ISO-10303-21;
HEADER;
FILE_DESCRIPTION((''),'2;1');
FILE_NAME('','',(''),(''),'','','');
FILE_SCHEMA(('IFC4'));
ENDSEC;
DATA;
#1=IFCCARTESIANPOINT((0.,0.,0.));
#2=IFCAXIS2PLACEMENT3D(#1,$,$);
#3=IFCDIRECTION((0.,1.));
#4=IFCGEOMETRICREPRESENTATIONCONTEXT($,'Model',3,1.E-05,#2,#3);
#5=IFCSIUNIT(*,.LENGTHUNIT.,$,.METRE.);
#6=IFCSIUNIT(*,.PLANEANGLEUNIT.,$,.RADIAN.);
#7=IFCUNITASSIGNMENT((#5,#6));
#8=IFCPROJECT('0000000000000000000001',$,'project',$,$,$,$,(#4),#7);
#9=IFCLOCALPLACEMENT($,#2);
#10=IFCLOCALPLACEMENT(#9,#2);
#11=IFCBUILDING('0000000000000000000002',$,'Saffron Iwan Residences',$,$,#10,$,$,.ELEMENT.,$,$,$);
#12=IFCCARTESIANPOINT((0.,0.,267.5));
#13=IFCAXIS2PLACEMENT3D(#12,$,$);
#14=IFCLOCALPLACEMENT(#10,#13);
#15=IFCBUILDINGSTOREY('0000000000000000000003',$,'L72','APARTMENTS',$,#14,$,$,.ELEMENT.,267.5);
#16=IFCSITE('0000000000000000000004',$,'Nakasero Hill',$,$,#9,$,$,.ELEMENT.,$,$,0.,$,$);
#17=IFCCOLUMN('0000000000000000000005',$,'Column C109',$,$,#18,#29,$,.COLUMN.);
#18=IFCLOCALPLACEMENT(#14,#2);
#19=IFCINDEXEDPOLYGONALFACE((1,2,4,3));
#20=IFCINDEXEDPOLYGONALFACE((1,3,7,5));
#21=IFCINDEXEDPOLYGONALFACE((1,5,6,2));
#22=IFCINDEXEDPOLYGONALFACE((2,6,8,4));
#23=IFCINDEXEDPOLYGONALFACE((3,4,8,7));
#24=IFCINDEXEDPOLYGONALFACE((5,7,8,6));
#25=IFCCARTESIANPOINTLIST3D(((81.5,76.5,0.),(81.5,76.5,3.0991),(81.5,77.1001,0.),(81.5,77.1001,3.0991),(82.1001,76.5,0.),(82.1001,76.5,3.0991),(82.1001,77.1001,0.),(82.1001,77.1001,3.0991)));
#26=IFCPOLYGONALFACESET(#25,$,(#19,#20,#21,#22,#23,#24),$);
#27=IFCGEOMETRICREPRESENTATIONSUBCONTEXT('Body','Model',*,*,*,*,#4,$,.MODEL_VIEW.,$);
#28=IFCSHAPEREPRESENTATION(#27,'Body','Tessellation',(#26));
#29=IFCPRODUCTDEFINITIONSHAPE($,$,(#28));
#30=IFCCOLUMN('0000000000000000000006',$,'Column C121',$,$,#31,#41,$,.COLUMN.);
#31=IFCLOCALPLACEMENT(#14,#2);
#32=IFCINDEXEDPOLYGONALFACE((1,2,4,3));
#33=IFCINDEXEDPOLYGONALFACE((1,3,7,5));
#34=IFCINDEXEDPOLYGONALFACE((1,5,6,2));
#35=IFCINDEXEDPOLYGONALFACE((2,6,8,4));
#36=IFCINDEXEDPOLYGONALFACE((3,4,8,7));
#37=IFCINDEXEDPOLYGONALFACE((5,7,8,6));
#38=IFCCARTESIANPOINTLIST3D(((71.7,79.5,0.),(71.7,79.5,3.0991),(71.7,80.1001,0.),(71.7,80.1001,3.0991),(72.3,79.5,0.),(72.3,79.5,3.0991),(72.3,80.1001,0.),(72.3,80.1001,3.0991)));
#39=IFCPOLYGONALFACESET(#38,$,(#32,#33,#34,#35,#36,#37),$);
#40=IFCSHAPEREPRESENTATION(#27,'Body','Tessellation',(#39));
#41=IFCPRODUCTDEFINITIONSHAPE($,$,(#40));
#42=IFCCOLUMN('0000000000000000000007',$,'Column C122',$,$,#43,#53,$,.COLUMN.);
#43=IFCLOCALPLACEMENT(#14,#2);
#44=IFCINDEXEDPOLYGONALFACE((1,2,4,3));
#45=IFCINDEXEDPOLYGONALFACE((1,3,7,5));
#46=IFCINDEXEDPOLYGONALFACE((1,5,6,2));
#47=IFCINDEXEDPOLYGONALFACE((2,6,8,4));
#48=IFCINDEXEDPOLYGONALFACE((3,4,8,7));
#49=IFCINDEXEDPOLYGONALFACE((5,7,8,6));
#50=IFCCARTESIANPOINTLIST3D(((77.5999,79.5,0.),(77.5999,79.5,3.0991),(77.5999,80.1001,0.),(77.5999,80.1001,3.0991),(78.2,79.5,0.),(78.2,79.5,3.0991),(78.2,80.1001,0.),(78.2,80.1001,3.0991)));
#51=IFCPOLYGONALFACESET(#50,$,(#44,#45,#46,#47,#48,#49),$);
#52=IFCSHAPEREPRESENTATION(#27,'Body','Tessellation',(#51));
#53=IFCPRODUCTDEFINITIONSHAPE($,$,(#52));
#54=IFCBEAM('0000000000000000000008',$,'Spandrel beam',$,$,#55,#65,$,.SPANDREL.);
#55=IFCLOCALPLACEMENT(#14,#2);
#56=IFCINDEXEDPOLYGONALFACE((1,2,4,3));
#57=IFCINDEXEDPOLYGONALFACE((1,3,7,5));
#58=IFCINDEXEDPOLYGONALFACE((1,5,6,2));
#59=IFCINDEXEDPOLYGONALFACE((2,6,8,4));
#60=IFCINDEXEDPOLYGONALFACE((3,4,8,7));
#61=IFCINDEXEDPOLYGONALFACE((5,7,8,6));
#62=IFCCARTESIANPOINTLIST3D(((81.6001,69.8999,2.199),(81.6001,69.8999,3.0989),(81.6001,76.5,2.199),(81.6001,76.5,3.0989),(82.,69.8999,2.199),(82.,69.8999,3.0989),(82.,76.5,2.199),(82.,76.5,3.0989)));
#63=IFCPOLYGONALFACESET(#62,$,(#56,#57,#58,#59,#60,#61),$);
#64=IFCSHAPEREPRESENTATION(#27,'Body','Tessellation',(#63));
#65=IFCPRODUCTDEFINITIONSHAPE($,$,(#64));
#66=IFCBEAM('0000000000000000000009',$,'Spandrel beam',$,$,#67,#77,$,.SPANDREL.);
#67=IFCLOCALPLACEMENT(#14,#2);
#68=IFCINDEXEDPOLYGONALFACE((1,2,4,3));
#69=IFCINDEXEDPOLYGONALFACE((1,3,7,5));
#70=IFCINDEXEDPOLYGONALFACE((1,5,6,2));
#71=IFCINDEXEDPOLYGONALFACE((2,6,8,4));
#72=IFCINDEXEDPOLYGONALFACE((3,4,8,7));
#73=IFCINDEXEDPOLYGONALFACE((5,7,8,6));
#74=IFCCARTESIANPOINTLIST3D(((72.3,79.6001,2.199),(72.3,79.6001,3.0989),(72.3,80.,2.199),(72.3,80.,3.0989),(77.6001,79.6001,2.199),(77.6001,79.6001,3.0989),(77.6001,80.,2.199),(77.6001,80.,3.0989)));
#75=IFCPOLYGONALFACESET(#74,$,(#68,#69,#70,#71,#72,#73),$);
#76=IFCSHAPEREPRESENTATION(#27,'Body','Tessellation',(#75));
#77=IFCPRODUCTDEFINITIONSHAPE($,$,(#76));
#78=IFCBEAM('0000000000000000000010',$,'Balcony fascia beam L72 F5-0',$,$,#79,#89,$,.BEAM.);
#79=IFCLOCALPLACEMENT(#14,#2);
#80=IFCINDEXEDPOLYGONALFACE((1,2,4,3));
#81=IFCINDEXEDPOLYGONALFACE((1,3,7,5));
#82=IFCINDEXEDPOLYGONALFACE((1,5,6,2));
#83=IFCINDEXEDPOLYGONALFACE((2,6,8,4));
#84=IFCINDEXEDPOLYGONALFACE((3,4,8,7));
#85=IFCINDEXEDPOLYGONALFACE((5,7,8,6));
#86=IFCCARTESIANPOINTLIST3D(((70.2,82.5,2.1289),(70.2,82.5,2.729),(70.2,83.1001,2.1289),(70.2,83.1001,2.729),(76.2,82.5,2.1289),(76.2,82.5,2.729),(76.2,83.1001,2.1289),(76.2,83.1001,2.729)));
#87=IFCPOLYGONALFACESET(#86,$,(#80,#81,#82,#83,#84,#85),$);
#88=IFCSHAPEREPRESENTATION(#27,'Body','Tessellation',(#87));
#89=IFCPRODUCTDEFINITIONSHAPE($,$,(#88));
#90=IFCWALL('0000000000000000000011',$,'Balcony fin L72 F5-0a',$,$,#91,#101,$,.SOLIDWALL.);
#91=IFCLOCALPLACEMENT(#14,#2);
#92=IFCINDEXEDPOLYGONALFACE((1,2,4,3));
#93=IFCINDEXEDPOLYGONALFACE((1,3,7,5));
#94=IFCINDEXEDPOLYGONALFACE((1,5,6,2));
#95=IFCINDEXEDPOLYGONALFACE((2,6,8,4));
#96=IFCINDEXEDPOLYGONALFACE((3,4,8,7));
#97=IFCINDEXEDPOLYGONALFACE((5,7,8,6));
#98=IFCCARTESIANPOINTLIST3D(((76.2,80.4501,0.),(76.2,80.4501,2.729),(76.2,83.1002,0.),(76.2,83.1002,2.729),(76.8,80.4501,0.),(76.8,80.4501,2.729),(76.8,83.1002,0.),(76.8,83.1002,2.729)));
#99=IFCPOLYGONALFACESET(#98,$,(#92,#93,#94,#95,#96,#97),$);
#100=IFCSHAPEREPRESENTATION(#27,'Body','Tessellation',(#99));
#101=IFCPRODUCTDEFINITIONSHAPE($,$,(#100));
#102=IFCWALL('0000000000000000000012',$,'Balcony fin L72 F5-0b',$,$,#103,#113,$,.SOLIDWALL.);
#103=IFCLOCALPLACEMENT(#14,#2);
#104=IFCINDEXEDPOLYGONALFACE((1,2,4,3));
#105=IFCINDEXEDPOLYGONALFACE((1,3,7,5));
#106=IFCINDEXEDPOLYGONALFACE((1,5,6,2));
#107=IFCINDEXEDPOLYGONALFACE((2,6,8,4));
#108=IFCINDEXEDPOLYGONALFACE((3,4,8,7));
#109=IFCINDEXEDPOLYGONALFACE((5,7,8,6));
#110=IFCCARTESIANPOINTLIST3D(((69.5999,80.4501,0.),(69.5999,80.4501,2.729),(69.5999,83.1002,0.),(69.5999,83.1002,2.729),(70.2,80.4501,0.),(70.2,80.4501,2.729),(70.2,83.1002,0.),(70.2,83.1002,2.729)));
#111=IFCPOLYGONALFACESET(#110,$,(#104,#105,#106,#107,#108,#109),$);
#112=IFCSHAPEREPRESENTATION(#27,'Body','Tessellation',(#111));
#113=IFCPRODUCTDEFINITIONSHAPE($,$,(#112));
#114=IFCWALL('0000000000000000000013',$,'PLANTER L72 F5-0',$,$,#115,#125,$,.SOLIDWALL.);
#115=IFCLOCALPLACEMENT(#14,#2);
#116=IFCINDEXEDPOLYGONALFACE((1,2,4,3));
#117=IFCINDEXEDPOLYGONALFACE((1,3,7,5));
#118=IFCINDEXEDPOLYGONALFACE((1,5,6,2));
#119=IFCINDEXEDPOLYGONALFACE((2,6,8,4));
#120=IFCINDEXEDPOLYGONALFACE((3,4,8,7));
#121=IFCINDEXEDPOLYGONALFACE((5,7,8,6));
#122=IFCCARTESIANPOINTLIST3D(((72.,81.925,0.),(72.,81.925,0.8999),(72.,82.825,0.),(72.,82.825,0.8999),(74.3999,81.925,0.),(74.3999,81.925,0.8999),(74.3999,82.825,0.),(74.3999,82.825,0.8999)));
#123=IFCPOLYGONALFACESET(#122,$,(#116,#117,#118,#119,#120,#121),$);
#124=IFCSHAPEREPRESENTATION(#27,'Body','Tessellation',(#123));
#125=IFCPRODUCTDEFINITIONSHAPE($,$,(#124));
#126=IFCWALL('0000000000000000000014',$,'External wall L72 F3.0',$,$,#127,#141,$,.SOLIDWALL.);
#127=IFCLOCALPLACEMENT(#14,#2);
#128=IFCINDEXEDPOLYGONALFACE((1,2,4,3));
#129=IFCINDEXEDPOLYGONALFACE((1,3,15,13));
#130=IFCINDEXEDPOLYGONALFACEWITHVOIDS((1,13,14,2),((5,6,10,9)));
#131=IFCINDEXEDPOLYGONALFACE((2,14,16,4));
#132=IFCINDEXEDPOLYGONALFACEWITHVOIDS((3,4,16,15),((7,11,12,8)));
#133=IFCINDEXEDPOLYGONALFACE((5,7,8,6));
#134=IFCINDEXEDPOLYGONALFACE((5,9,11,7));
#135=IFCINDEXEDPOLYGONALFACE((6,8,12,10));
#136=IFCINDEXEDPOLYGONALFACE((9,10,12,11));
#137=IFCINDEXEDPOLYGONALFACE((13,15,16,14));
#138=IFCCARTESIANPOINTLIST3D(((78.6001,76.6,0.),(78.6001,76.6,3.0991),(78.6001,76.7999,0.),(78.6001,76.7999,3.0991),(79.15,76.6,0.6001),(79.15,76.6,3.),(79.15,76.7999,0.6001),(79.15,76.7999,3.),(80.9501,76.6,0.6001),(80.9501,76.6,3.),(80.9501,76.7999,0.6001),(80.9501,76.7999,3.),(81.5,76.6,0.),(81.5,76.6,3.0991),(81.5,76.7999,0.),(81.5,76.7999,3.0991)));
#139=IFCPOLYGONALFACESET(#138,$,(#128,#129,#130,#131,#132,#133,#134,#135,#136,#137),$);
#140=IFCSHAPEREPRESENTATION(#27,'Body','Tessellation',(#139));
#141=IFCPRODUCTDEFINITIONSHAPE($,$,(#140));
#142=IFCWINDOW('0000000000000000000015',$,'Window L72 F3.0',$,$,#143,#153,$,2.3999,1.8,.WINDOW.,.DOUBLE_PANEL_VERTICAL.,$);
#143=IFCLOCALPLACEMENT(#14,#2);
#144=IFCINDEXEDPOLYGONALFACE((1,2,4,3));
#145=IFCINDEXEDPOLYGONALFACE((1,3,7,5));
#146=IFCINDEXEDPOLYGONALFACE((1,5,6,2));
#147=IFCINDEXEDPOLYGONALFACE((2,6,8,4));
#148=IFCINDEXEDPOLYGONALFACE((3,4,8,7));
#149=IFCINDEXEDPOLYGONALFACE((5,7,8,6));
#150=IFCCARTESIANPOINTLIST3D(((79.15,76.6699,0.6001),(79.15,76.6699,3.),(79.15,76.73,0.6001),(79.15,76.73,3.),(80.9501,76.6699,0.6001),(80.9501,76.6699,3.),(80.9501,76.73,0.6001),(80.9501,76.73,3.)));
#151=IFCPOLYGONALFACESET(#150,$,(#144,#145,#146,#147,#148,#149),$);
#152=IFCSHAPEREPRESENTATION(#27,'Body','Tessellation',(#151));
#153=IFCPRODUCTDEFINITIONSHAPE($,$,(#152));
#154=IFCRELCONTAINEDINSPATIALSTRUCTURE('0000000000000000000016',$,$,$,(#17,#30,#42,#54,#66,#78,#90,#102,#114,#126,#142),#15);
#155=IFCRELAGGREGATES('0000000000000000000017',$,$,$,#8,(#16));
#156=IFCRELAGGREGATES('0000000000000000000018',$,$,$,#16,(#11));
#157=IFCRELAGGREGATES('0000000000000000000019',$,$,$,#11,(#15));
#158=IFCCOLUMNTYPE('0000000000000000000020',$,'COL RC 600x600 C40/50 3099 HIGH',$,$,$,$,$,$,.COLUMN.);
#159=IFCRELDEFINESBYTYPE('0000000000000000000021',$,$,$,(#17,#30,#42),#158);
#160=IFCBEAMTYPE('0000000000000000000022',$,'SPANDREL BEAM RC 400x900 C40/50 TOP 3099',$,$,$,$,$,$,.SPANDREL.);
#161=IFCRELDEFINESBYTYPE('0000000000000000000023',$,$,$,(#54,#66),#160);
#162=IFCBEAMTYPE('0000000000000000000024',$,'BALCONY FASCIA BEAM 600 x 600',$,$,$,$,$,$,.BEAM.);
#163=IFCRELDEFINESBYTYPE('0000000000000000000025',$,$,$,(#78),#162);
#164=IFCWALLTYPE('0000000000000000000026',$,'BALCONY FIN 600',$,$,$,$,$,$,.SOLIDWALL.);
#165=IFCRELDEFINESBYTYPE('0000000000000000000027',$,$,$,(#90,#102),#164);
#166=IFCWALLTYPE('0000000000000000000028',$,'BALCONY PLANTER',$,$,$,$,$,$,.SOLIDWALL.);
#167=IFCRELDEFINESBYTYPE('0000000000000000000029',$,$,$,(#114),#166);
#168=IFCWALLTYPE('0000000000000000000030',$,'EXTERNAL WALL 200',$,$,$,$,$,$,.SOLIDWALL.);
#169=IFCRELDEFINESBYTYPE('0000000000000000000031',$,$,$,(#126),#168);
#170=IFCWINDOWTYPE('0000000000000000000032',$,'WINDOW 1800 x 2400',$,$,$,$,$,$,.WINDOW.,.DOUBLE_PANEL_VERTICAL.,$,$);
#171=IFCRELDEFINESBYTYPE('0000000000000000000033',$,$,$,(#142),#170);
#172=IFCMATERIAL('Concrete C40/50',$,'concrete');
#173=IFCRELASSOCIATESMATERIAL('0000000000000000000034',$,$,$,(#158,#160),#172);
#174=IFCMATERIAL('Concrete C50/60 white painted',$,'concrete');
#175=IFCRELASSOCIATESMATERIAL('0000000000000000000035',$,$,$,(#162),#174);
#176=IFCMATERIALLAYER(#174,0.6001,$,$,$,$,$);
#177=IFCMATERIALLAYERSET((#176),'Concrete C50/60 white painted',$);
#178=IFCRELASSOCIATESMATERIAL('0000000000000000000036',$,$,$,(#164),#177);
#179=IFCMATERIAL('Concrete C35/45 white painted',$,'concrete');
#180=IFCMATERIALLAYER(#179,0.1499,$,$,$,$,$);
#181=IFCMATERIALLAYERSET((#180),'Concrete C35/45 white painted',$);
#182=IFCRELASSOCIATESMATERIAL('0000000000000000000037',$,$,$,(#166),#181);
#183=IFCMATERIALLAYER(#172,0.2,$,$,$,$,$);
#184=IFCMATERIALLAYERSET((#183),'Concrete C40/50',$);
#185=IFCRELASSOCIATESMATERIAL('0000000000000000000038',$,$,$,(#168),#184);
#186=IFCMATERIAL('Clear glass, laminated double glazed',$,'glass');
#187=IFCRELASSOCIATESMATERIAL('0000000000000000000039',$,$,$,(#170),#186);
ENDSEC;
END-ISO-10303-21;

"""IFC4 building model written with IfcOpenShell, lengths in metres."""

from ifc_helpers import new_model, si_unit, direction, frame, frame_2d, origin, origin_2d, place, context, subcontext, project, spatial, rectangle, extrude, source, transform, mapped, material, layer, layer_set, material_profile, profile_set, type_object, element, fill, save


model = new_model("IFC4")

# Units and contexts
model_context = context("Model", 3, precision=1e-05, world=origin(), true_north=direction((0.0, 1.0)))
body_context = subcontext(model_context, "Body", "Model", "MODEL_VIEW")
ifc_project = project(units=[si_unit("LENGTHUNIT", "METRE"), si_unit("PLANEANGLEUNIT", "RADIAN")], contexts=[model_context])

# Site, building, storey
site_placement = place(None, origin())
site = spatial("IfcSite", under=ifc_project, at=site_placement, Name="Nakasero Hill", CompositionType="ELEMENT", RefElevation=0.0)
building_placement = place(site_placement, origin())
building = spatial("IfcBuilding", under=site, at=building_placement, Name="Saffron Iwan Residences", CompositionType="ELEMENT")
storey_placement = place(building_placement, frame((0.0, 0.0, 267.5)))
storey = spatial("IfcBuildingStorey", under=building, at=storey_placement, Name="L72", Description="APARTMENTS", CompositionType="ELEMENT", Elevation=267.5)

# Columns
ifc_material_1 = material(Name="Concrete C40/50", Category="concrete")
ifc_material_profile_1 = material_profile(ifc_material_1, rectangle(XDim=0.6001, YDim=0.6001, at=origin_2d()), Name="RC 600x600")
ifc_profile_set_1 = profile_set([ifc_material_profile_1], Name="Concrete C40/50")
column_type = type_object("IfcColumnType", Name="COL RC 600x600 C40/50 3099 HIGH", PredefinedType="COLUMN", material=ifc_profile_set_1)
shared_shape_1 = source(origin(), body_context, "Body", "SweptSolid", [
    extrude(rectangle(XDim=0.6001, YDim=0.6001, at=origin_2d()), origin(), (0.0, 0.0, 1.0), 3.0991),
])
for number, where, z_axis, x_axis, name in (
    (1, (81.8, 76.8, 0.0), (0.0, 0.0, 1.0), (1.0, 0.0, 0.0), "Column C109"),
    (2, (72.0, 79.8, 0.0), (0.0, 0.0, 1.0), (1.0, 0.0, 0.0), "Column C121"),
    (3, (77.8999, 79.8, 0.0), (0.0, 0.0, 1.0), (1.0, 0.0, 0.0), "Column C122"),
):
    element("IfcColumn", number, at=place(storey_placement, frame(where, z_axis=z_axis, x_axis=x_axis)), inside=storey, type_object=column_type, Name=name, PredefinedType="COLUMN", context=body_context, shape_type="MappedRepresentation", body=[
        mapped(shared_shape_1, transform((0.0, 0.0, 0.0))),
    ])

# Beams
ifc_material_profile_2 = material_profile(ifc_material_1, rectangle(XDim=0.3999, YDim=0.8999, at=origin_2d()), Name="RC 400x900")
ifc_profile_set_2 = profile_set([ifc_material_profile_2], Name="Concrete C40/50")
beam_type_1 = type_object("IfcBeamType", Name="SPANDREL BEAM RC 400x900 C40/50 TOP 3099", PredefinedType="SPANDREL", material=ifc_profile_set_2)
shared_shape_2 = source(origin(), body_context, "Body", "SweptSolid", [
    extrude(rectangle(XDim=0.3999, YDim=0.8999, at=origin_2d()), origin(), (0.0, 0.0, 1.0), 6.6001),
])
beam_1_placement = place(storey_placement, frame((81.8, 76.5, 2.6489), z_axis=(0.0, -1.0, 0.0), x_axis=(1.0, 0.0, 0.0)))
element("IfcBeam", 4, at=beam_1_placement, inside=storey, type_object=beam_type_1, Name="Spandrel beam", PredefinedType="SPANDREL", context=body_context, shape_type="MappedRepresentation", body=[
    mapped(shared_shape_2, transform((0.0, 0.0, 0.0))),
])
shared_shape_3 = source(origin(), body_context, "Body", "SweptSolid", [
    extrude(rectangle(XDim=0.3999, YDim=0.8999, at=origin_2d()), origin(), (0.0, 0.0, 1.0), 5.3),
])
beam_2_placement = place(storey_placement, frame((72.3, 79.8, 2.6489), z_axis=(1.0, 0.0, 0.0), x_axis=(0.0, 1.0, 0.0)))
element("IfcBeam", 5, at=beam_2_placement, inside=storey, type_object=beam_type_1, Name="Spandrel beam", PredefinedType="SPANDREL", context=body_context, shape_type="MappedRepresentation", body=[
    mapped(shared_shape_3, transform((0.0, 0.0, 0.0))),
])
ifc_material_2 = material(Name="Concrete C50/60 white painted", Category="concrete")
ifc_material_profile_3 = material_profile(ifc_material_2, rectangle(XDim=0.6001, YDim=0.6001, at=origin_2d()), Name="BALCONY FASCIA BEAM 600 x 600")
ifc_profile_set_3 = profile_set([ifc_material_profile_3], Name="Concrete C50/60 white painted")
beam_type_2 = type_object("IfcBeamType", Name="BALCONY FASCIA BEAM 600 x 600", PredefinedType="BEAM", material=ifc_profile_set_3)
shared_shape_4 = source(origin(), body_context, "Body", "SweptSolid", [
    extrude(rectangle(XDim=0.6001, YDim=0.6001, at=origin_2d()), origin(), (0.0, 0.0, 1.0), 6.0),
])
beam_3_placement = place(storey_placement, frame((76.2, 82.8, 2.429), z_axis=(-1.0, 0.0, 0.0), x_axis=(0.0, -1.0, 0.0)))
element("IfcBeam", 6, at=beam_3_placement, inside=storey, type_object=beam_type_2, Name="Balcony fascia beam L72 F5-0", PredefinedType="BEAM", context=body_context, shape_type="MappedRepresentation", body=[
    mapped(shared_shape_4, transform((0.0, 0.0, 0.0))),
])

# Walls
ifc_layer_1 = layer(ifc_material_2, 0.6001)
ifc_layer_set_1 = layer_set([ifc_layer_1], Name="Concrete C50/60 white painted")
wall_type_1 = type_object("IfcWallType", Name="BALCONY FIN 600", PredefinedType="SOLIDWALL", material=ifc_layer_set_1)
for number, where, z_axis, x_axis, name in (
    (7, (76.5, 80.45, 0.0), (0.0, 0.0, 1.0), (0.0, 1.0, 0.0), "Balcony fin L72 F5-0a"),
    (8, (69.8999, 80.45, 0.0), (0.0, 0.0, 1.0), (0.0, 1.0, 0.0), "Balcony fin L72 F5-0b"),
):
    element("IfcWall", number, at=place(storey_placement, frame(where, z_axis=z_axis, x_axis=x_axis)), inside=storey, type_object=wall_type_1, Name=name, PredefinedType="SOLIDWALL", context=body_context, shape_type="SweptSolid", body=[
        extrude(rectangle(XDim=2.6501, YDim=0.6001, at=frame_2d((1.3252, 0.0))), origin(), (0.0, 0.0, 1.0), 2.729),
    ])
ifc_material_3 = material(Name="Concrete C35/45 white painted", Category="concrete")
ifc_layer_2 = layer(ifc_material_3, 0.1499)
ifc_layer_set_2 = layer_set([ifc_layer_2], Name="Concrete C35/45 white painted")
wall_type_2 = type_object("IfcWallType", Name="BALCONY PLANTER", PredefinedType="SOLIDWALL", material=ifc_layer_set_2)
wall_1_placement = place(storey_placement, frame((74.3999, 82.375, 0.0), z_axis=(0.0, 0.0, 1.0), x_axis=(-1.0, 0.0, 0.0)))
element("IfcWall", 9, at=wall_1_placement, inside=storey, type_object=wall_type_2, Name="PLANTER L72 F5-0", PredefinedType="SOLIDWALL", context=body_context, shape_type="SweptSolid", body=[
    extrude(rectangle(XDim=2.3999, YDim=0.8999, at=frame_2d((1.2, 0.0))), origin(), (0.0, 0.0, 1.0), 0.8999),
])

# Wall, opening, window
ifc_layer_3 = layer(ifc_material_1, 0.2)
ifc_layer_set_3 = layer_set([ifc_layer_3], Name="Concrete C40/50")
wall_type_3 = type_object("IfcWallType", Name="EXTERNAL WALL 200", PredefinedType="SOLIDWALL", material=ifc_layer_set_3)
wall_2_placement = place(storey_placement, frame((81.5, 76.7, 0.0), z_axis=(0.0, 0.0, 1.0), x_axis=(-1.0, 0.0, 0.0)))
wall_2 = element("IfcWall", 10, at=wall_2_placement, inside=storey, type_object=wall_type_3, Name="External wall L72 F3.0", PredefinedType="SOLIDWALL", context=body_context, shape_type="SweptSolid", body=[
    extrude(rectangle(XDim=2.8999, YDim=0.2, at=frame_2d((1.45, 0.0))), origin(), (0.0, 0.0, 1.0), 3.0991),
])
opening_1_placement = place(wall_2_placement, frame((0.55, 0.0, 0.6001)))
opening_1 = element("IfcOpeningElement", 11, at=opening_1_placement, cuts=wall_2, PredefinedType="OPENING", context=body_context, shape_type="SweptSolid", body=[
    extrude(rectangle(XDim=1.8, YDim=2.3999, at=frame_2d((0.8999, 1.2))), frame((0.0, 0.1099, 0.0), z_axis=(0.0, -1.0, 0.0), x_axis=(1.0, 0.0, 0.0)), (0.0, 0.0, 1.0), 0.22),
])
ifc_material_4 = material(Name="Clear glass, laminated double glazed", Category="glass")
window_type_1 = type_object("IfcWindowType", Name="WINDOW 1800 x 2400", PartitioningType="DOUBLE_PANEL_VERTICAL", PredefinedType="WINDOW", material=ifc_material_4)
window_1_placement = place(opening_1_placement, origin())
window_1 = element("IfcWindow", 12, at=window_1_placement, inside=storey, type_object=window_type_1, Name="Window L72 F3.0", OverallHeight=2.3999, OverallWidth=1.8, PartitioningType="DOUBLE_PANEL_VERTICAL", PredefinedType="WINDOW", context=body_context, shape_type="SweptSolid", body=[
    extrude(rectangle(XDim=1.8, YDim=2.3999, at=frame_2d((0.8999, 1.2))), frame((0.0, 0.03, 0.0), z_axis=(0.0, -1.0, 0.0), x_axis=(1.0, 0.0, 0.0)), (0.0, 0.0, 1.0), 0.0601),
])
fill(opening_1, window_1)

save(model, "model.ifc")
